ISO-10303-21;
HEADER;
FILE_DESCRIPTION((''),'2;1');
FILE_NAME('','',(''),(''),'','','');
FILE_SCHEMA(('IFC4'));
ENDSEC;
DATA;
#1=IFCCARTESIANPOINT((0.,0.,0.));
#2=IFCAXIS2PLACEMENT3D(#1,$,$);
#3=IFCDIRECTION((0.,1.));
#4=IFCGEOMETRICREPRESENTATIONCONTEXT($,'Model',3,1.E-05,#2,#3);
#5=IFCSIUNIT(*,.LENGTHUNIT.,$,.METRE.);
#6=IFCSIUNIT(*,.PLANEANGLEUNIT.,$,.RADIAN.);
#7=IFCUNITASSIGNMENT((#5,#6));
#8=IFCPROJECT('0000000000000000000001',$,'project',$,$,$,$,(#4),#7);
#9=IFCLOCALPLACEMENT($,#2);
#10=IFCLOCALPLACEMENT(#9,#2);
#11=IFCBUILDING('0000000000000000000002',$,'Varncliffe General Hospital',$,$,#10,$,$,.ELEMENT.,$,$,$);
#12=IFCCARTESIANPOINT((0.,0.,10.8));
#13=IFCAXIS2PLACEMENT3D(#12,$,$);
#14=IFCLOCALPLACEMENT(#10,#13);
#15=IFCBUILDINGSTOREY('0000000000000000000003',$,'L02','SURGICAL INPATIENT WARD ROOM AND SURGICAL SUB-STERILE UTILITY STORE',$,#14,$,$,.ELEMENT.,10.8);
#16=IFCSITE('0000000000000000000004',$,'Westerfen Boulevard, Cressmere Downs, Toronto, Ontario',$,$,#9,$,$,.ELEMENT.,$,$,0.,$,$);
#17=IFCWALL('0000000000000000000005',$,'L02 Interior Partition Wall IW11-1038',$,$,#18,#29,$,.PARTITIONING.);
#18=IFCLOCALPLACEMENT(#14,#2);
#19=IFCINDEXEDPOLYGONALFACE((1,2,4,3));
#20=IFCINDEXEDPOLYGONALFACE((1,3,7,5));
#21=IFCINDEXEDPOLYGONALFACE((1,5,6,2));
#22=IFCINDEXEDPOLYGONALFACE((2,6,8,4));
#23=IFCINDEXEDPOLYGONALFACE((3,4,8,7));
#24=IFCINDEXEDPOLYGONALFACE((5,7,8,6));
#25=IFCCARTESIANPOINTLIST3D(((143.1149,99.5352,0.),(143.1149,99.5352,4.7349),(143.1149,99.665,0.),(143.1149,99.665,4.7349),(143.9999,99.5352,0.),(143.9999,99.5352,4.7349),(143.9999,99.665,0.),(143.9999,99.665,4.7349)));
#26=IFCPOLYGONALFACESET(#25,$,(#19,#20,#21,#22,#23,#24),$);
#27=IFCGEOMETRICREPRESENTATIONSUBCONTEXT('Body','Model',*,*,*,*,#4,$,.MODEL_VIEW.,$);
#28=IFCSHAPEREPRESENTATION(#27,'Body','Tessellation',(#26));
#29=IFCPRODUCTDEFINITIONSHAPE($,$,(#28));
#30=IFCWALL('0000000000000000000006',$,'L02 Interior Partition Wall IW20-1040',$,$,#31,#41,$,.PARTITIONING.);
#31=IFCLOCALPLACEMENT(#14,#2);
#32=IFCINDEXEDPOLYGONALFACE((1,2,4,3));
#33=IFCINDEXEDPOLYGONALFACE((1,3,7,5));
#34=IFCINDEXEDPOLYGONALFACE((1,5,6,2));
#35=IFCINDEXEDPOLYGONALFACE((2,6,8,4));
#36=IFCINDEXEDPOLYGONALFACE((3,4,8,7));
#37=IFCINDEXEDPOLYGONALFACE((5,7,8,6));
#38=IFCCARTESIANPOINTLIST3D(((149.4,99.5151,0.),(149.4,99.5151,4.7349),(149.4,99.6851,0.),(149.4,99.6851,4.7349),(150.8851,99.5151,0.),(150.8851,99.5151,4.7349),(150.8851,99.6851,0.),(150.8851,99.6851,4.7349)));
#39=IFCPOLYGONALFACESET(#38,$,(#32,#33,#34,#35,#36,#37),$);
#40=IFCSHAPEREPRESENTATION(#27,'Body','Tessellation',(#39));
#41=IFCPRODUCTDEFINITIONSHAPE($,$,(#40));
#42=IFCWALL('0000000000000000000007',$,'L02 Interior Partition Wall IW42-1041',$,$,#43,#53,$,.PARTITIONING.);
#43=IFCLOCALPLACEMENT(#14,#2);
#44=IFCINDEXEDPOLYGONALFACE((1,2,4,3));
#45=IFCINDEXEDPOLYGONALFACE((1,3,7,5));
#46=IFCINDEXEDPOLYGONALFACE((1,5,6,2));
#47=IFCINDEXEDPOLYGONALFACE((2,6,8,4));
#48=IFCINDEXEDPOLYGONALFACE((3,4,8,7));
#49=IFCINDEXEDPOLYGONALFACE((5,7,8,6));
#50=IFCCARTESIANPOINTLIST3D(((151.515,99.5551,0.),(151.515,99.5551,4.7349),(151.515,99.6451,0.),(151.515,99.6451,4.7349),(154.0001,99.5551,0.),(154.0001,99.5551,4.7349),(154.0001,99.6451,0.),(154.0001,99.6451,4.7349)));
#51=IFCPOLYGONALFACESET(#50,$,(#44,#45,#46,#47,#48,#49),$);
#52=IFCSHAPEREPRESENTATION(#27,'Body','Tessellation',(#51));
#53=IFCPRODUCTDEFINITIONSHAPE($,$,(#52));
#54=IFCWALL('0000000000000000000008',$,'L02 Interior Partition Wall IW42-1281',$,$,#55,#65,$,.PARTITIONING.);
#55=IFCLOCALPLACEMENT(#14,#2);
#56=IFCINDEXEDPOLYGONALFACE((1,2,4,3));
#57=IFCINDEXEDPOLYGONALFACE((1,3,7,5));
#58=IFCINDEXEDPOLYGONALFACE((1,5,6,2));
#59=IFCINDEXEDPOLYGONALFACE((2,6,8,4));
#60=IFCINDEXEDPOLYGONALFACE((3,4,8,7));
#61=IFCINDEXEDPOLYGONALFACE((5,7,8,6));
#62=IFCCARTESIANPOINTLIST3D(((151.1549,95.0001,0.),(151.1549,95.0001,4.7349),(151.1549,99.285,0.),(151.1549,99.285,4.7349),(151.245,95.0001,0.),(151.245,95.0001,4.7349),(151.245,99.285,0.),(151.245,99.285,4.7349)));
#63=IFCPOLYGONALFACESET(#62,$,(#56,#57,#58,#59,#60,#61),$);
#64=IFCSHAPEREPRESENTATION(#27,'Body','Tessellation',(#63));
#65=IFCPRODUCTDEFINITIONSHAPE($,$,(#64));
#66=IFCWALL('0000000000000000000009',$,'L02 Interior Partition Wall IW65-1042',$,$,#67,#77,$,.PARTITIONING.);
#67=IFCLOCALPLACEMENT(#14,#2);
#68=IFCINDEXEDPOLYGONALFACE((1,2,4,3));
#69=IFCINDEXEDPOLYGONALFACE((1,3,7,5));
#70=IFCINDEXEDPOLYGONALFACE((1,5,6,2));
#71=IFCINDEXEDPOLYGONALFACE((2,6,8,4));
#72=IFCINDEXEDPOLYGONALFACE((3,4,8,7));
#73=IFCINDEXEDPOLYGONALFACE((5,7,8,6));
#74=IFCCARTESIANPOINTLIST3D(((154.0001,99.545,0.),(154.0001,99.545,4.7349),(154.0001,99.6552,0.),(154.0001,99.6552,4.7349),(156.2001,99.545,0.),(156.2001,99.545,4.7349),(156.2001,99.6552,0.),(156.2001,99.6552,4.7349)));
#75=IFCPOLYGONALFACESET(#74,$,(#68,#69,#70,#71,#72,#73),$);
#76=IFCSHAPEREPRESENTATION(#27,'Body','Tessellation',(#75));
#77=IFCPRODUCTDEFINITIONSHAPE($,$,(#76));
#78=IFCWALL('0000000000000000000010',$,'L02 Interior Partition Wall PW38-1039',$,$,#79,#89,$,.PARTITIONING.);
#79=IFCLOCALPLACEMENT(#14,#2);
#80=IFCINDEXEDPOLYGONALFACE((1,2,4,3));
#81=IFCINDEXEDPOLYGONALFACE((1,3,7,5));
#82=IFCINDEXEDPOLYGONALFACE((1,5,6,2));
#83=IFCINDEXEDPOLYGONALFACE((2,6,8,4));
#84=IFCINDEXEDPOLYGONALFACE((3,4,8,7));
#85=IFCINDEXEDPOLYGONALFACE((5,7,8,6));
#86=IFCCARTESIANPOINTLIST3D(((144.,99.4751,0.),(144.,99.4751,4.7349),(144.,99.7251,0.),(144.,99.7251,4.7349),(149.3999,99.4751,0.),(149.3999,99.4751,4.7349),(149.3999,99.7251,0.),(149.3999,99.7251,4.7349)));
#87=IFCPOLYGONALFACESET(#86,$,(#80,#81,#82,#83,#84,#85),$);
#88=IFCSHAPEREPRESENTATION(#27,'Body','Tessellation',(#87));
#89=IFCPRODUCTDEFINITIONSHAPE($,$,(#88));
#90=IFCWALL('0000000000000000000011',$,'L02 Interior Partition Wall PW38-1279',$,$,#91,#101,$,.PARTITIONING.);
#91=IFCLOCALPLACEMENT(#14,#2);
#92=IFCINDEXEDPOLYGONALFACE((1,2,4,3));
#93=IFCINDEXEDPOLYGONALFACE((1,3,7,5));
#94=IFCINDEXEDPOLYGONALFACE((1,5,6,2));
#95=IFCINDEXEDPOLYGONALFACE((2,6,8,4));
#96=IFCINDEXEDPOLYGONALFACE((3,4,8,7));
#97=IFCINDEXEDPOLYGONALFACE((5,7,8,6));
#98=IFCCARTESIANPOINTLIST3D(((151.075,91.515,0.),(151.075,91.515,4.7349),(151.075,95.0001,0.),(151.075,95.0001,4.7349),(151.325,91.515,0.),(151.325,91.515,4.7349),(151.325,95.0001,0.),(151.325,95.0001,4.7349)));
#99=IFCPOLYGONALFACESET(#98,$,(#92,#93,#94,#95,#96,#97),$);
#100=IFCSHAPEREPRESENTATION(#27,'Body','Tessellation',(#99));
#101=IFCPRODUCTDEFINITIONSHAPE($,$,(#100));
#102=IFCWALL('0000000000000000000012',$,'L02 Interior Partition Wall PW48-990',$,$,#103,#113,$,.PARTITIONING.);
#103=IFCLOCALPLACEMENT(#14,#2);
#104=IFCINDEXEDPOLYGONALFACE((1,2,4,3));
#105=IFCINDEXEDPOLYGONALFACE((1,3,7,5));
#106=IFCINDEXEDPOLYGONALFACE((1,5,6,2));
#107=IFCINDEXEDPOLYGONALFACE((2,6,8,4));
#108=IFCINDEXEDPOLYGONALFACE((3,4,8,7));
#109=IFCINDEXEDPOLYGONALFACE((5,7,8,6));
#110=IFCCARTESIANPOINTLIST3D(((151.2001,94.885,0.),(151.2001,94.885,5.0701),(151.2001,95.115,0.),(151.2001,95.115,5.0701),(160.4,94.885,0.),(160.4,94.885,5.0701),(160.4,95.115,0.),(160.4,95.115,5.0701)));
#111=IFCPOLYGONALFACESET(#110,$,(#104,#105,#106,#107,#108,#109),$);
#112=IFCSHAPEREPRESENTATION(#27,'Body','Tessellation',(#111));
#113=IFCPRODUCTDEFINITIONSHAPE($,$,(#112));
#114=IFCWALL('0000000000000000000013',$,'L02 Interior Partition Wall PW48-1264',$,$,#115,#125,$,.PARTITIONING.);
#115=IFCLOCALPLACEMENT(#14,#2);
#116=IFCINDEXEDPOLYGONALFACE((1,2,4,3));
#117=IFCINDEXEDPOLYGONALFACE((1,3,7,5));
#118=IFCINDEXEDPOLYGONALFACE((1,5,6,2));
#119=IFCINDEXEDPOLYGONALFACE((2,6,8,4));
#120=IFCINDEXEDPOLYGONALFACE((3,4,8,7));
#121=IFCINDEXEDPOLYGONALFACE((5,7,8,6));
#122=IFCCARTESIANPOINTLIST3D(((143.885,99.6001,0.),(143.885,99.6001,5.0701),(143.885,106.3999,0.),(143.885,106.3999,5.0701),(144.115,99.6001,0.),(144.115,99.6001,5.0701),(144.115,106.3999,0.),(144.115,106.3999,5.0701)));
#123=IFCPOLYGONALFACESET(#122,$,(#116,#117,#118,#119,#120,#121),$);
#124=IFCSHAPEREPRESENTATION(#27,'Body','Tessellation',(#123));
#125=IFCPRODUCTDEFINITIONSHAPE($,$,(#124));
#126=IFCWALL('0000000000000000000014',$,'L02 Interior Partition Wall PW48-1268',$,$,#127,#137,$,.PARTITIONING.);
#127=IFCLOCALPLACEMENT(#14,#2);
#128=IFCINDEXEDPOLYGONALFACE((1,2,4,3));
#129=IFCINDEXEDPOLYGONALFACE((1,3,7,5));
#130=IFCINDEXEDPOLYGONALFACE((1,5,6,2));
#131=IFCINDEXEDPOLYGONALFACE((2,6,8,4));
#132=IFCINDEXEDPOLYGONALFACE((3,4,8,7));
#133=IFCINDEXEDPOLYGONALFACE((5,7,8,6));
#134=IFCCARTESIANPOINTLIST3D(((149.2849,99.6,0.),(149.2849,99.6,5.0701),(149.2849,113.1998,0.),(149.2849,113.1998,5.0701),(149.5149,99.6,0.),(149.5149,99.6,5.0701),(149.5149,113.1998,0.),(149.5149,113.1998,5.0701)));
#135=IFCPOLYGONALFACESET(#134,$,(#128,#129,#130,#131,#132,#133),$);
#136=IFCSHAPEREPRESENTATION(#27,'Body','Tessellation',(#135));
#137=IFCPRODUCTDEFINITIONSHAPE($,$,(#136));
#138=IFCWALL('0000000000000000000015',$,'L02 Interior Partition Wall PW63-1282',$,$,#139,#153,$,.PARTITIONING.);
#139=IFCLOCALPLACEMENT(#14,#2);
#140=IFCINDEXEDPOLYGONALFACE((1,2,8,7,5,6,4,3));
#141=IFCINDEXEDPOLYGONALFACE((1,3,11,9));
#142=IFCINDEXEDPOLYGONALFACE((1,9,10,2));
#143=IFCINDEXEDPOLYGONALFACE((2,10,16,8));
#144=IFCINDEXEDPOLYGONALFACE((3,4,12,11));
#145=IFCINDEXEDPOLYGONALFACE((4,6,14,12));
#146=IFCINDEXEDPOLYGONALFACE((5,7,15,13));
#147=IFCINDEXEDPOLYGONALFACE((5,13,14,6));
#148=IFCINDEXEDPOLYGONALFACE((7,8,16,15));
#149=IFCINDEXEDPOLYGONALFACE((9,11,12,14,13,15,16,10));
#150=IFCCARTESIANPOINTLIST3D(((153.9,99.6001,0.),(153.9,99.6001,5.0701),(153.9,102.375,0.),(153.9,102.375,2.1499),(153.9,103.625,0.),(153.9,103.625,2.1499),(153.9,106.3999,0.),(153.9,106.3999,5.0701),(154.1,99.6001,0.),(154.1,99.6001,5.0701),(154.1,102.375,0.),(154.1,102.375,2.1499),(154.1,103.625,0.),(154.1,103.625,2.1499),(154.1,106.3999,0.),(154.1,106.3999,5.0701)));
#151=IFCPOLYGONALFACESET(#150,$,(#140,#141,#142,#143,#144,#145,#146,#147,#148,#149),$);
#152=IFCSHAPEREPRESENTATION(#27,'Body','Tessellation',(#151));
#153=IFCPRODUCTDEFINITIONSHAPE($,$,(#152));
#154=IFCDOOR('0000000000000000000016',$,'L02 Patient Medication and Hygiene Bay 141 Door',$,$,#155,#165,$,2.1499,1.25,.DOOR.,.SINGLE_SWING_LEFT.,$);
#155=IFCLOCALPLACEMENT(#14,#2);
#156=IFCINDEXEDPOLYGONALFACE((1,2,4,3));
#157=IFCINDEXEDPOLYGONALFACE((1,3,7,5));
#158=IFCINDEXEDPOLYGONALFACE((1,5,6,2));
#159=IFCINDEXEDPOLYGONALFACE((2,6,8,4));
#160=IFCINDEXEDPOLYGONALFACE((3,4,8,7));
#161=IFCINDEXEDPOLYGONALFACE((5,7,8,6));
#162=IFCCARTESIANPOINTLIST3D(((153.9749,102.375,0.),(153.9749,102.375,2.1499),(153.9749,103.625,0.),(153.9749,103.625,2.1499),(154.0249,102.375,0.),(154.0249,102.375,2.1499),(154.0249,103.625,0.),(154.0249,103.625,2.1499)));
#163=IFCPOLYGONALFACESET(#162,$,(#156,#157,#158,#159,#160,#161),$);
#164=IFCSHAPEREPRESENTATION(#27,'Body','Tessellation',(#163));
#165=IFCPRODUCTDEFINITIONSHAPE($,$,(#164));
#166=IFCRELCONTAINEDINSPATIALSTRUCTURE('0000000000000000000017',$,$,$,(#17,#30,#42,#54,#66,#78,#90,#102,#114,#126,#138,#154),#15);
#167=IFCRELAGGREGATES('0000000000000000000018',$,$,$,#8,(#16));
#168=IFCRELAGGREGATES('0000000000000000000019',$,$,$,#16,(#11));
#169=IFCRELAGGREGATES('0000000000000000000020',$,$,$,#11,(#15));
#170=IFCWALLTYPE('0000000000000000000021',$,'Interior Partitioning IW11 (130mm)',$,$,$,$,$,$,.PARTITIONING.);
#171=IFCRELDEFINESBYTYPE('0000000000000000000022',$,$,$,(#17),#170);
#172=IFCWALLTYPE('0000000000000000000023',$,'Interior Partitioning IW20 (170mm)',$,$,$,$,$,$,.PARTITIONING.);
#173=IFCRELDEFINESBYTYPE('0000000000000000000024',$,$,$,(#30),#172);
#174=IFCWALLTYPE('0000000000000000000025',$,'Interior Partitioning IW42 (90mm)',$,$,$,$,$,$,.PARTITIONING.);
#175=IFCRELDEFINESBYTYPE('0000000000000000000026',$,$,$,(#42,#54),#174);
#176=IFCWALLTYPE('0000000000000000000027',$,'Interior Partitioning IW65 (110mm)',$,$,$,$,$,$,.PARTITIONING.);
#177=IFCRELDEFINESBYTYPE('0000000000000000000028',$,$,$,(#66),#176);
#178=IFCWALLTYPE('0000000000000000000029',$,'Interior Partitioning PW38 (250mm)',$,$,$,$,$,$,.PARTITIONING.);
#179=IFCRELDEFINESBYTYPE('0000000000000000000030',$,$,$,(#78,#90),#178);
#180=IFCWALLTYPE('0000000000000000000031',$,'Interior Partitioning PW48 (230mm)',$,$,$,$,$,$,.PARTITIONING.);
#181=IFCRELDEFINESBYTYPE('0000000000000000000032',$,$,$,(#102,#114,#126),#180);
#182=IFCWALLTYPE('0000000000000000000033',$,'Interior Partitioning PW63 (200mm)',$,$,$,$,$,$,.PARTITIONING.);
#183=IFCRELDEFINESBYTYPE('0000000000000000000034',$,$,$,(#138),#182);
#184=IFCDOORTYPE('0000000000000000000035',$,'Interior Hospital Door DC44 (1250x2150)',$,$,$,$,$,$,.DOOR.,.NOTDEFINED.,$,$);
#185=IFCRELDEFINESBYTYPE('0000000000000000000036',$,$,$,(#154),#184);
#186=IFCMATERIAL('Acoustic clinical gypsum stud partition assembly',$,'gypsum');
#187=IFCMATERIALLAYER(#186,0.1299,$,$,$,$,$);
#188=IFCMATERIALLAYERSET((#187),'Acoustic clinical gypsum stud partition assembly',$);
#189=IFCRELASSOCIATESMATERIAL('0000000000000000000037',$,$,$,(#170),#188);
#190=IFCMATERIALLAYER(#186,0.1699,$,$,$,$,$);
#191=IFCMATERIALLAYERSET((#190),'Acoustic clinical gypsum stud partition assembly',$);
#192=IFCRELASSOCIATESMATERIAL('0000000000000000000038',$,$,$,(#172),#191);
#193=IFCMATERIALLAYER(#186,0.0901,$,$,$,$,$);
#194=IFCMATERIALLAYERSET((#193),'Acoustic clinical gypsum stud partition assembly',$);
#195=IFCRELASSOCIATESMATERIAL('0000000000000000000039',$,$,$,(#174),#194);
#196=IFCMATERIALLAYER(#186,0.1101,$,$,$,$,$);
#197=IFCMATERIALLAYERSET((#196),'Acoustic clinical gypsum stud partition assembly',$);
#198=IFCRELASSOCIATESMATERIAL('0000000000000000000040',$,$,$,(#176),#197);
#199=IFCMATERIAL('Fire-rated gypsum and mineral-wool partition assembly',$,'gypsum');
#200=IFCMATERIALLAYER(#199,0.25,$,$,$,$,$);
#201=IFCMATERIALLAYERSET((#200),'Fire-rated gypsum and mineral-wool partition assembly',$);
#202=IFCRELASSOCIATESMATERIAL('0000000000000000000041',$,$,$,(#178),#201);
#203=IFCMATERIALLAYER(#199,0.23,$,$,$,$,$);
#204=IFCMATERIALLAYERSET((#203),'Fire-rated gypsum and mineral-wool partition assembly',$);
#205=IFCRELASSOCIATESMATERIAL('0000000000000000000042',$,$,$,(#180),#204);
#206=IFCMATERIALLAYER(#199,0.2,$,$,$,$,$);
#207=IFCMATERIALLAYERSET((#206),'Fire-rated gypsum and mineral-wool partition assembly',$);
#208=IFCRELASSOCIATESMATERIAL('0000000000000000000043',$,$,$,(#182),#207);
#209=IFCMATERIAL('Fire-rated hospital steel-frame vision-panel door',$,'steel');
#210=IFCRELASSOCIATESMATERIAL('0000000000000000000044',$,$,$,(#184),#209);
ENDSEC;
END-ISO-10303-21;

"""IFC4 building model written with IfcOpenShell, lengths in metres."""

from ifc_helpers import new_model, si_unit, direction, frame, frame_2d, origin, place, context, subcontext, project, spatial, rectangle, extrude, material, layer, layer_set, type_object, element, fill, save


model = new_model("IFC4")

# Units and contexts
model_context = context("Model", 3, precision=1e-05, world=origin(), true_north=direction((0.0, 1.0)))
body_context = subcontext(model_context, "Body", "Model", "MODEL_VIEW")
ifc_project = project(units=[si_unit("LENGTHUNIT", "METRE"), si_unit("PLANEANGLEUNIT", "RADIAN")], contexts=[model_context])

# Site, building, storey
site_placement = place(None, origin())
site = spatial("IfcSite", under=ifc_project, at=site_placement, Name="Westerfen Boulevard, Cressmere Downs, Toronto, Ontario", CompositionType="ELEMENT", RefElevation=0.0)
building_placement = place(site_placement, origin())
building = spatial("IfcBuilding", under=site, at=building_placement, Name="Varncliffe General Hospital", CompositionType="ELEMENT")
storey_placement = place(building_placement, frame((0.0, 0.0, 10.8)))
storey = spatial("IfcBuildingStorey", under=building, at=storey_placement, Name="L02", Description="SURGICAL INPATIENT WARD ROOM AND SURGICAL SUB-STERILE UTILITY STORE", CompositionType="ELEMENT", Elevation=10.8)

# Walls
ifc_material_1 = material(Name="Acoustic clinical gypsum stud partition assembly", Category="gypsum")
ifc_layer_1 = layer(ifc_material_1, 0.1299)
ifc_layer_set_1 = layer_set([ifc_layer_1], Name="Acoustic clinical gypsum stud partition assembly")
wall_type_1 = type_object("IfcWallType", Name="Interior Partitioning IW11 (130mm)", PredefinedType="PARTITIONING", material=ifc_layer_set_1)
wall_1_placement = place(storey_placement, frame((143.115, 99.6001, 0.0), z_axis=(0.0, 0.0, 1.0), x_axis=(1.0, 0.0, 0.0)))
element("IfcWall", 1, at=wall_1_placement, inside=storey, type_object=wall_type_1, Name="L02 Interior Partition Wall IW11-1038", PredefinedType="PARTITIONING", context=body_context, shape_type="SweptSolid", body=[
    extrude(rectangle(XDim=0.885, YDim=0.1299, at=frame_2d((0.4424, 0.0))), origin(), (0.0, 0.0, 1.0), 4.7349),
])
ifc_layer_2 = layer(ifc_material_1, 0.1699)
ifc_layer_set_2 = layer_set([ifc_layer_2], Name="Acoustic clinical gypsum stud partition assembly")
wall_type_2 = type_object("IfcWallType", Name="Interior Partitioning IW20 (170mm)", PredefinedType="PARTITIONING", material=ifc_layer_set_2)
wall_2_placement = place(storey_placement, frame((149.3999, 99.6001, 0.0), z_axis=(0.0, 0.0, 1.0), x_axis=(1.0, 0.0, 0.0)))
element("IfcWall", 2, at=wall_2_placement, inside=storey, type_object=wall_type_2, Name="L02 Interior Partition Wall IW20-1040", PredefinedType="PARTITIONING", context=body_context, shape_type="SweptSolid", body=[
    extrude(rectangle(XDim=1.4851, YDim=0.1699, at=frame_2d((0.7427, 0.0))), origin(), (0.0, 0.0, 1.0), 4.7349),
])
ifc_layer_3 = layer(ifc_material_1, 0.0901)
ifc_layer_set_3 = layer_set([ifc_layer_3], Name="Acoustic clinical gypsum stud partition assembly")
wall_type_3 = type_object("IfcWallType", Name="Interior Partitioning IW42 (90mm)", PredefinedType="PARTITIONING", material=ifc_layer_set_3)
wall_3_placement = place(storey_placement, frame((151.5149, 99.6001, 0.0), z_axis=(0.0, 0.0, 1.0), x_axis=(1.0, 0.0, 0.0)))
element("IfcWall", 3, at=wall_3_placement, inside=storey, type_object=wall_type_3, Name="L02 Interior Partition Wall IW42-1041", PredefinedType="PARTITIONING", context=body_context, shape_type="SweptSolid", body=[
    extrude(rectangle(XDim=2.4851, YDim=0.0901, at=frame_2d((1.2427, 0.0))), origin(), (0.0, 0.0, 1.0), 4.7349),
])
wall_4_placement = place(storey_placement, frame((151.2, 95.0, 0.0), z_axis=(0.0, 0.0, 1.0), x_axis=(0.0, 1.0, 0.0)))
element("IfcWall", 4, at=wall_4_placement, inside=storey, type_object=wall_type_3, Name="L02 Interior Partition Wall IW42-1281", PredefinedType="PARTITIONING", context=body_context, shape_type="SweptSolid", body=[
    extrude(rectangle(XDim=4.2849, YDim=0.0901, at=frame_2d((2.1426, 0.0))), origin(), (0.0, 0.0, 1.0), 4.7349),
])
ifc_layer_4 = layer(ifc_material_1, 0.1101)
ifc_layer_set_4 = layer_set([ifc_layer_4], Name="Acoustic clinical gypsum stud partition assembly")
wall_type_4 = type_object("IfcWallType", Name="Interior Partitioning IW65 (110mm)", PredefinedType="PARTITIONING", material=ifc_layer_set_4)
wall_5_placement = place(storey_placement, frame((154.0, 99.6001, 0.0), z_axis=(0.0, 0.0, 1.0), x_axis=(1.0, 0.0, 0.0)))
element("IfcWall", 5, at=wall_5_placement, inside=storey, type_object=wall_type_4, Name="L02 Interior Partition Wall IW65-1042", PredefinedType="PARTITIONING", context=body_context, shape_type="SweptSolid", body=[
    extrude(rectangle(XDim=2.2, YDim=0.1101, at=frame_2d((1.1001, 0.0))), origin(), (0.0, 0.0, 1.0), 4.7349),
])
ifc_material_2 = material(Name="Fire-rated gypsum and mineral-wool partition assembly", Category="gypsum")
ifc_layer_5 = layer(ifc_material_2, 0.25)
ifc_layer_set_5 = layer_set([ifc_layer_5], Name="Fire-rated gypsum and mineral-wool partition assembly")
wall_type_5 = type_object("IfcWallType", Name="Interior Partitioning PW38 (250mm)", PredefinedType="PARTITIONING", material=ifc_layer_set_5)
wall_6_placement = place(storey_placement, frame((144.0, 99.6001, 0.0), z_axis=(0.0, 0.0, 1.0), x_axis=(1.0, 0.0, 0.0)))
element("IfcWall", 6, at=wall_6_placement, inside=storey, type_object=wall_type_5, Name="L02 Interior Partition Wall PW38-1039", PredefinedType="PARTITIONING", context=body_context, shape_type="SweptSolid", body=[
    extrude(rectangle(XDim=5.3999, YDim=0.25, at=frame_2d((2.7, 0.0))), origin(), (0.0, 0.0, 1.0), 4.7349),
])
wall_7_placement = place(storey_placement, frame((151.2, 91.5149, 0.0), z_axis=(0.0, 0.0, 1.0), x_axis=(0.0, 1.0, 0.0)))
element("IfcWall", 7, at=wall_7_placement, inside=storey, type_object=wall_type_5, Name="L02 Interior Partition Wall PW38-1279", PredefinedType="PARTITIONING", context=body_context, shape_type="SweptSolid", body=[
    extrude(rectangle(XDim=3.4851, YDim=0.25, at=frame_2d((1.7427, 0.0))), origin(), (0.0, 0.0, 1.0), 4.7349),
])
ifc_layer_6 = layer(ifc_material_2, 0.23)
ifc_layer_set_6 = layer_set([ifc_layer_6], Name="Fire-rated gypsum and mineral-wool partition assembly")
wall_type_6 = type_object("IfcWallType", Name="Interior Partitioning PW48 (230mm)", PredefinedType="PARTITIONING", material=ifc_layer_set_6)
wall_8_placement = place(storey_placement, frame((151.2, 95.0, 0.0), z_axis=(0.0, 0.0, 1.0), x_axis=(1.0, 0.0, 0.0)))
element("IfcWall", 8, at=wall_8_placement, inside=storey, type_object=wall_type_6, Name="L02 Interior Partition Wall PW48-990", PredefinedType="PARTITIONING", context=body_context, shape_type="SweptSolid", body=[
    extrude(rectangle(XDim=9.2, YDim=0.23, at=frame_2d((4.6001, 0.0))), origin(), (0.0, 0.0, 1.0), 5.0701),
])
wall_9_placement = place(storey_placement, frame((144.0, 99.6001, 0.0), z_axis=(0.0, 0.0, 1.0), x_axis=(0.0, 1.0, 0.0)))
element("IfcWall", 9, at=wall_9_placement, inside=storey, type_object=wall_type_6, Name="L02 Interior Partition Wall PW48-1264", PredefinedType="PARTITIONING", context=body_context, shape_type="SweptSolid", body=[
    extrude(rectangle(XDim=6.7998, YDim=0.23, at=frame_2d((3.3999, 0.0))), origin(), (0.0, 0.0, 1.0), 5.0701),
])
wall_10_placement = place(storey_placement, frame((149.3999, 99.6001, 0.0), z_axis=(0.0, 0.0, 1.0), x_axis=(0.0, 1.0, 0.0)))
element("IfcWall", 10, at=wall_10_placement, inside=storey, type_object=wall_type_6, Name="L02 Interior Partition Wall PW48-1268", PredefinedType="PARTITIONING", context=body_context, shape_type="SweptSolid", body=[
    extrude(rectangle(XDim=13.5999, YDim=0.23, at=frame_2d((6.7998, 0.0))), origin(), (0.0, 0.0, 1.0), 5.0701),
])

# Wall, opening, door
ifc_layer_7 = layer(ifc_material_2, 0.2)
ifc_layer_set_7 = layer_set([ifc_layer_7], Name="Fire-rated gypsum and mineral-wool partition assembly")
wall_type_7 = type_object("IfcWallType", Name="Interior Partitioning PW63 (200mm)", PredefinedType="PARTITIONING", material=ifc_layer_set_7)
wall_11_placement = place(storey_placement, frame((154.0, 99.6001, 0.0), z_axis=(0.0, 0.0, 1.0), x_axis=(0.0, 1.0, 0.0)))
wall_11 = element("IfcWall", 11, at=wall_11_placement, inside=storey, type_object=wall_type_7, Name="L02 Interior Partition Wall PW63-1282", PredefinedType="PARTITIONING", context=body_context, shape_type="SweptSolid", body=[
    extrude(rectangle(XDim=6.7998, YDim=0.2, at=frame_2d((3.3999, 0.0))), origin(), (0.0, 0.0, 1.0), 5.0701),
])
opening_placement = place(wall_11_placement, frame((2.7749, 0.0, 0.0)))
opening = element("IfcOpeningElement", 12, at=opening_placement, cuts=wall_11, PredefinedType="OPENING", context=body_context, shape_type="SweptSolid", body=[
    extrude(rectangle(XDim=1.25, YDim=2.1499, at=frame_2d((0.625, 1.075))), frame((0.0, 0.1099, 0.0), z_axis=(0.0, -1.0, 0.0), x_axis=(1.0, 0.0, 0.0)), (0.0, 0.0, 1.0), 0.22),
])
ifc_material_3 = material(Name="Fire-rated hospital steel-frame vision-panel door", Category="steel")
door_type = type_object("IfcDoorType", Name="Interior Hospital Door DC44 (1250x2150)", OperationType="NOTDEFINED", PredefinedType="DOOR", material=ifc_material_3)
door_placement = place(opening_placement, frame((1.25, 0.0, 0.0), z_axis=(0.0, 0.0, 1.0), x_axis=(-1.0, 0.0, 0.0)))
door = element("IfcDoor", 13, at=door_placement, inside=storey, type_object=door_type, Name="L02 Patient Medication and Hygiene Bay 141 Door", OperationType="SINGLE_SWING_LEFT", OverallHeight=2.1499, OverallWidth=1.25, PredefinedType="DOOR", context=body_context, shape_type="SweptSolid", body=[
    extrude(rectangle(XDim=1.25, YDim=2.1499, at=frame_2d((0.625, 1.075))), frame((0.0, 0.0249, 0.0), z_axis=(0.0, -1.0, 0.0), x_axis=(1.0, 0.0, 0.0)), (0.0, 0.0, 1.0), 0.05),
])
fill(opening, door)

save(model, "model.ifc")
